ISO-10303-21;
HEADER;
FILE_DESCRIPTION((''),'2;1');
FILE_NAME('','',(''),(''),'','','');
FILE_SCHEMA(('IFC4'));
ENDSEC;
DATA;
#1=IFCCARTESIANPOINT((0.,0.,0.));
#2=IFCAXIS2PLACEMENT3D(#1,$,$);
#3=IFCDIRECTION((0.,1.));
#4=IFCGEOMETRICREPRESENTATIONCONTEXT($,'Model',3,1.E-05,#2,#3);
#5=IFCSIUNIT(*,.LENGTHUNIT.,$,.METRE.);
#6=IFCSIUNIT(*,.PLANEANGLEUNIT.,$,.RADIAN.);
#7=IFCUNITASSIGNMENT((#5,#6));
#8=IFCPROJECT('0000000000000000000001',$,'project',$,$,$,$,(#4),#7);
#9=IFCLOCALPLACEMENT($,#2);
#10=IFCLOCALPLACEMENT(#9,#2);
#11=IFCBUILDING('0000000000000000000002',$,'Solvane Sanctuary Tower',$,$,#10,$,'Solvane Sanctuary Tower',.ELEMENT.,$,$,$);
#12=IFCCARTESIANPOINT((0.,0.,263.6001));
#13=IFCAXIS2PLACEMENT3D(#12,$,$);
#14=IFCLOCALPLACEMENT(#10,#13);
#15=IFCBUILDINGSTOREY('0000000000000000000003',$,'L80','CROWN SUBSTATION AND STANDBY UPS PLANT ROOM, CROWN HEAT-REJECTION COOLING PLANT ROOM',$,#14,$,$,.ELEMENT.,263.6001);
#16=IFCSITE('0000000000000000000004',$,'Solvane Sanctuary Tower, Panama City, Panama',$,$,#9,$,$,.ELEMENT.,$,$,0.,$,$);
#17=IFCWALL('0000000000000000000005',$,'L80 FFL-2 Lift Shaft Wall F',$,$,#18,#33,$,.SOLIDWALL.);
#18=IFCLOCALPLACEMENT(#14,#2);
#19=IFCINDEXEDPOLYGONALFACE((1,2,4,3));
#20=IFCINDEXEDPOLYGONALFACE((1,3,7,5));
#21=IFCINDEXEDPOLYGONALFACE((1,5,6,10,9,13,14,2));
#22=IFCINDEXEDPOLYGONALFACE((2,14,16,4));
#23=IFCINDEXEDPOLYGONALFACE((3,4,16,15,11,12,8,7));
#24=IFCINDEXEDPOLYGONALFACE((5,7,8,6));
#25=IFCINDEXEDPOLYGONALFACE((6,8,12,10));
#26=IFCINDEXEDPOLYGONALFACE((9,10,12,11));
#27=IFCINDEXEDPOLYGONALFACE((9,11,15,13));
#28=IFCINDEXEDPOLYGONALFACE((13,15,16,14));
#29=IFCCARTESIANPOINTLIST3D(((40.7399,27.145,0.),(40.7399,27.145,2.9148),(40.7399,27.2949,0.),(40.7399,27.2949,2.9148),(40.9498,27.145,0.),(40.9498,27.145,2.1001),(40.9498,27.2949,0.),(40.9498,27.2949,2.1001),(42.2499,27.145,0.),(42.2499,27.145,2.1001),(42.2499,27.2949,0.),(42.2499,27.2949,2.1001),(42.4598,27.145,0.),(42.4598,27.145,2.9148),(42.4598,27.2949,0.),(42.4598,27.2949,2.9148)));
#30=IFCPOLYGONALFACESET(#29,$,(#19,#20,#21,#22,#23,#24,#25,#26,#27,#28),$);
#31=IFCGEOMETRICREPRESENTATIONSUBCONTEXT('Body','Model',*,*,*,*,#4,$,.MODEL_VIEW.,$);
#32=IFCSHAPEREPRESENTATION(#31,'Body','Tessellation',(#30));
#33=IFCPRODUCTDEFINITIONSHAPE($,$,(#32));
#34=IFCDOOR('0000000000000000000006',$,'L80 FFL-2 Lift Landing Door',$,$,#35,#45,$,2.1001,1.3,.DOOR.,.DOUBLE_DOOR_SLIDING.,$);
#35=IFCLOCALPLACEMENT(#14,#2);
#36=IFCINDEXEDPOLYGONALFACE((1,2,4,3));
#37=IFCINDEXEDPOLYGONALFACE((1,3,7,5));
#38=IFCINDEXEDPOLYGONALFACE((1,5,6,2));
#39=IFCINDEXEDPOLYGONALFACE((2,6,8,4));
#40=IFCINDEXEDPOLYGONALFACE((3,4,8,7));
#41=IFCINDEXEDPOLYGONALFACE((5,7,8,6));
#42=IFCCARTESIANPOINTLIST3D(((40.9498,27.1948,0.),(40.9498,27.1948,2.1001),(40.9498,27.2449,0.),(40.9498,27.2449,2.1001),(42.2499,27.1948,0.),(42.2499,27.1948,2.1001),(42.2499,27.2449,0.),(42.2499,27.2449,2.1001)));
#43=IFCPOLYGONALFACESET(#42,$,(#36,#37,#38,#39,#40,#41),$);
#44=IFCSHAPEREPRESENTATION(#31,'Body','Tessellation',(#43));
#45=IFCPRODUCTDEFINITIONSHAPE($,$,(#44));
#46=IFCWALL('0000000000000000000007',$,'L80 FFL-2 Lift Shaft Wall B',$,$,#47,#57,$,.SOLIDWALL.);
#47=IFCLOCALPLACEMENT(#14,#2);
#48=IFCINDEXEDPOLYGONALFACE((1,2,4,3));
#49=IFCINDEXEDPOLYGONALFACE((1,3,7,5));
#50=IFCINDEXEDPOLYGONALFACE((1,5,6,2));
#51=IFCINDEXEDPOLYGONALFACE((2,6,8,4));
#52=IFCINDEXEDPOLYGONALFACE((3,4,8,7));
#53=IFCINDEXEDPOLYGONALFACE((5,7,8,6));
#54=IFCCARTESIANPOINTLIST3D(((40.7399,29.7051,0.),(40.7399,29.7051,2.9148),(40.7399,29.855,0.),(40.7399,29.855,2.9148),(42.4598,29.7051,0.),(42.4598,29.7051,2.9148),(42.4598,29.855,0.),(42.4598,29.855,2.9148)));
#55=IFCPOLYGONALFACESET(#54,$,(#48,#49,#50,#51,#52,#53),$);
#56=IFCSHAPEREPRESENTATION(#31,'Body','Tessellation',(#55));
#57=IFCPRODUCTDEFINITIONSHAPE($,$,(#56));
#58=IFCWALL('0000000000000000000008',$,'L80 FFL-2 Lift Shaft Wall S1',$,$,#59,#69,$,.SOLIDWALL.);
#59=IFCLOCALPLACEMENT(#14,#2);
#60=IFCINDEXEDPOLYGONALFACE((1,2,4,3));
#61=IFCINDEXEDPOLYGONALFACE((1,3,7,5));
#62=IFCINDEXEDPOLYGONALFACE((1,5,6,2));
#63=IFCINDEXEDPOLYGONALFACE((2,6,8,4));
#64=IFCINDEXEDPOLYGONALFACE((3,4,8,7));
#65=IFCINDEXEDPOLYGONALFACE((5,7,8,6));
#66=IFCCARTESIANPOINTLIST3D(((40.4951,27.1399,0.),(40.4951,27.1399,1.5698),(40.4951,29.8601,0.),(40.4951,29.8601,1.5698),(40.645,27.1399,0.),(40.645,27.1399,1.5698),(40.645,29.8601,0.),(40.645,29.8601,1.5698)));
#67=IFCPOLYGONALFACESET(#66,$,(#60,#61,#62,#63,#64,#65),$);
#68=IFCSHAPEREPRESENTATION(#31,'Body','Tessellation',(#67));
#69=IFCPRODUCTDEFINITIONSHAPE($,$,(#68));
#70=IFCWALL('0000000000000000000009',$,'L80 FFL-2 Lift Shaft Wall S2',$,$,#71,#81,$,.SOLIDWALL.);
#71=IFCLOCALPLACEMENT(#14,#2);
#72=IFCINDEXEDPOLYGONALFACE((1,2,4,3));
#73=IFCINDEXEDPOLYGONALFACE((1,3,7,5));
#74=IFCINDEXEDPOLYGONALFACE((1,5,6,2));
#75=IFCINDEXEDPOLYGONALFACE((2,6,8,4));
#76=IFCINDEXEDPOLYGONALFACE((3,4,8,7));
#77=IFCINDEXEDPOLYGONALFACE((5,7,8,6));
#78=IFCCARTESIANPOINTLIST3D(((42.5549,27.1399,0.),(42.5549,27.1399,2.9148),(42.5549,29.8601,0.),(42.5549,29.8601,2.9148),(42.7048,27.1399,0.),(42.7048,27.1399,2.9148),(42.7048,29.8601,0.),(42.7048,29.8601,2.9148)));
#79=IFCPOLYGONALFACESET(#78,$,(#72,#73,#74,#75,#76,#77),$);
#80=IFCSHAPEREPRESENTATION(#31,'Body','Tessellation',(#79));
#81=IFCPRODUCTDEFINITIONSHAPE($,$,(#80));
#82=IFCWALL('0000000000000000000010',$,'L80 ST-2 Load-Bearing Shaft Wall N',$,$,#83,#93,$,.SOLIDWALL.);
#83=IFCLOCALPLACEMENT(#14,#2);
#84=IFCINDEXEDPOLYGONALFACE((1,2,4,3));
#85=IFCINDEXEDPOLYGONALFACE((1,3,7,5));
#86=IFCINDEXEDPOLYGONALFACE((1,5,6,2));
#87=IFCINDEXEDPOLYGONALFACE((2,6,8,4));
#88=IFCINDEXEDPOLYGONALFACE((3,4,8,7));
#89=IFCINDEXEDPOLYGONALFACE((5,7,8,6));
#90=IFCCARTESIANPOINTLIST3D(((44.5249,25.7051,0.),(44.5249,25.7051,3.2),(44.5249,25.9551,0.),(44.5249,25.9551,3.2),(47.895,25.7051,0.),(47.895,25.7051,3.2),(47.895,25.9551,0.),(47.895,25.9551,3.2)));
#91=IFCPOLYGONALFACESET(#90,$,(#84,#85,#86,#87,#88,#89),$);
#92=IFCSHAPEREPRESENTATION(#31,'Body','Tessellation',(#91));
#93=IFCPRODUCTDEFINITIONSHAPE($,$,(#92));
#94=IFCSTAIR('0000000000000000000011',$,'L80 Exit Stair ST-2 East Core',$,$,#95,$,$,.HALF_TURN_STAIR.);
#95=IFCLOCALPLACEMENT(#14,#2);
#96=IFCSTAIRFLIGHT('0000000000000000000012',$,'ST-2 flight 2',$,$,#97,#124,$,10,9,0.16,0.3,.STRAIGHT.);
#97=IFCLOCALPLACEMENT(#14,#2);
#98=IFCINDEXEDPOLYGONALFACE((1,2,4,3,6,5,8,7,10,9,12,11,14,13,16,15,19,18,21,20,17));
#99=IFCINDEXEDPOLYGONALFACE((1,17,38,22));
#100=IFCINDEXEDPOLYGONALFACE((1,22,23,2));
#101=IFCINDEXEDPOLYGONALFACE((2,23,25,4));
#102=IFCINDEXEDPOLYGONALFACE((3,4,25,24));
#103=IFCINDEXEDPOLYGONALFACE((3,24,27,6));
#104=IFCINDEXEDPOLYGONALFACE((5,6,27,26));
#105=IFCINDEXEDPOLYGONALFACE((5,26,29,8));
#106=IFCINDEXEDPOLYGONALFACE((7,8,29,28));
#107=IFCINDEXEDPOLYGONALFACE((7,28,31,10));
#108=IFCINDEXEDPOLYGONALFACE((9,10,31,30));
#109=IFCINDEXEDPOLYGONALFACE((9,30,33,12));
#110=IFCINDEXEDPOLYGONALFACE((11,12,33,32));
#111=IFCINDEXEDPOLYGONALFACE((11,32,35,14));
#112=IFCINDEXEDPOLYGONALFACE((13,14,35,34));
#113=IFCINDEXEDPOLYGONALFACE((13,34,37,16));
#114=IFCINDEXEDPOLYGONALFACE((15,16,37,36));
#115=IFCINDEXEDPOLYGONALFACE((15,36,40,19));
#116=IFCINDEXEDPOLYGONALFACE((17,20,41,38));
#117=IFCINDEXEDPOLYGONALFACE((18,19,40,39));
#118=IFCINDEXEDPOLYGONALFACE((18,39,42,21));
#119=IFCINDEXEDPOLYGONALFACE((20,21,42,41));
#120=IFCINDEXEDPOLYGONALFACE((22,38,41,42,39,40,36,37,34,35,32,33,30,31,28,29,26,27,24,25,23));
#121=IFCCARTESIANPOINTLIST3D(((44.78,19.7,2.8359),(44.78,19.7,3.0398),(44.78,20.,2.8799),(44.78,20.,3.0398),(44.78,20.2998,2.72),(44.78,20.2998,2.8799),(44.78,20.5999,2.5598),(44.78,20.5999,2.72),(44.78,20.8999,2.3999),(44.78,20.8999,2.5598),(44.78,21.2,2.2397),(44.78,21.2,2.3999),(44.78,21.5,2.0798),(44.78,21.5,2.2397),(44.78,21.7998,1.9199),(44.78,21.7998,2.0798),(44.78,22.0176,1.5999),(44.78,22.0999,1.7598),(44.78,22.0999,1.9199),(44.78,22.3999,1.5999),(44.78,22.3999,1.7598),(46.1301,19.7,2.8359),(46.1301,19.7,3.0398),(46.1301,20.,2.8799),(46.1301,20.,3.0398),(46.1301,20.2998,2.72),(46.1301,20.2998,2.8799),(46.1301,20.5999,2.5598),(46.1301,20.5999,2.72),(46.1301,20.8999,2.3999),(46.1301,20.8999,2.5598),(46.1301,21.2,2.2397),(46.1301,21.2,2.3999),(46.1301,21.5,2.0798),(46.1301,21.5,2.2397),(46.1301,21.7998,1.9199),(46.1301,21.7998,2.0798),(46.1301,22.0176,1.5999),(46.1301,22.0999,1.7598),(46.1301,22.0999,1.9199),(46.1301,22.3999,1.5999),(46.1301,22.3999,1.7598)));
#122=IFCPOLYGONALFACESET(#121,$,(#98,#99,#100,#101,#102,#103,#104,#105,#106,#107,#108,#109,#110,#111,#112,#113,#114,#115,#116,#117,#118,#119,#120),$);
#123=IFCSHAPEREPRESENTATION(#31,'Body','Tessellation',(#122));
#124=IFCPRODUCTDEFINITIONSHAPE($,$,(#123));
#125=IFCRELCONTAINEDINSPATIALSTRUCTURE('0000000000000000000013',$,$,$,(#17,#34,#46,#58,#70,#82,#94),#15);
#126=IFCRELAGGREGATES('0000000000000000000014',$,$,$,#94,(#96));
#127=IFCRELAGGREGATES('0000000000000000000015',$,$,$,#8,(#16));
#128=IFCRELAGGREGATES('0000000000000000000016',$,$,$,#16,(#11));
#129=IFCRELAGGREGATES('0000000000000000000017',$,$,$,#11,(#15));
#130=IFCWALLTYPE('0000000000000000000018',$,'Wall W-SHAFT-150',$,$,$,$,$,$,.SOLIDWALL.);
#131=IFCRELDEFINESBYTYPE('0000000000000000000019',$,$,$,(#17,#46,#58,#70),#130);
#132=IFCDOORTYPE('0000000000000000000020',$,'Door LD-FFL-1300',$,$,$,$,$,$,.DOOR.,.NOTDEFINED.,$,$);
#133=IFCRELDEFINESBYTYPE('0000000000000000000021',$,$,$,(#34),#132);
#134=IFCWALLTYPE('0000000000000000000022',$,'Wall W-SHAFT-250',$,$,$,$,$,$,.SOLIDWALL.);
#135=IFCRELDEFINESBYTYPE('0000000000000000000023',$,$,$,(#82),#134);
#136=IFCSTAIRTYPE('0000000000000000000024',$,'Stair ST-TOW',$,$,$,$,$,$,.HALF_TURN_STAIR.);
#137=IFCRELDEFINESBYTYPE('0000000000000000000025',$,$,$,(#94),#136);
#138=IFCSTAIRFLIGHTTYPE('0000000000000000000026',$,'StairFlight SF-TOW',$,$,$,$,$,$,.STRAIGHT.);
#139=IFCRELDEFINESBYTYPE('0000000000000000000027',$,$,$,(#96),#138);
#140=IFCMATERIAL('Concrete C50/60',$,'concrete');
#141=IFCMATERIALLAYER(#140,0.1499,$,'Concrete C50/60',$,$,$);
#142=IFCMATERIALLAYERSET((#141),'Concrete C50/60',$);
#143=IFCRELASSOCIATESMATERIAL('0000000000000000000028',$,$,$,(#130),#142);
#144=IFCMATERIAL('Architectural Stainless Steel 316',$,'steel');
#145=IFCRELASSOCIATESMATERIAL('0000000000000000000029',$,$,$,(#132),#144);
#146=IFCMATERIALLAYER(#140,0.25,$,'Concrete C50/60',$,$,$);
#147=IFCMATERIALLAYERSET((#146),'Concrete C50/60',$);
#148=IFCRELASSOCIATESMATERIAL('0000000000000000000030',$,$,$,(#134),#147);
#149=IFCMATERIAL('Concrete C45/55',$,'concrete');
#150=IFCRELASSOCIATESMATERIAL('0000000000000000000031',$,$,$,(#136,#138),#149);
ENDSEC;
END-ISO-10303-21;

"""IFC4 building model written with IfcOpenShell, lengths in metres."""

from ifc_helpers import new_model, si_unit, direction, frame, frame_2d, origin, place, context, subcontext, project, spatial, polyline, rectangle, outline, extrude, material, layer, layer_set, type_object, element, fill, aggregate, save


model = new_model("IFC4")

# Units and contexts
model_context = context("Model", 3, precision=1e-05, world=origin(), true_north=direction((0.0, 1.0)))
body_context = subcontext(model_context, "Body", "Model", "MODEL_VIEW")
ifc_project = project(units=[si_unit("LENGTHUNIT", "METRE"), si_unit("PLANEANGLEUNIT", "RADIAN")], contexts=[model_context])

# Site, building, storey
site_placement = place(None, origin())
site = spatial("IfcSite", under=ifc_project, at=site_placement, Name="Solvane Sanctuary Tower, Panama City, Panama", CompositionType="ELEMENT", RefElevation=0.0)
building_placement = place(site_placement, origin())
building = spatial("IfcBuilding", under=site, at=building_placement, Name="Solvane Sanctuary Tower", LongName="Solvane Sanctuary Tower", CompositionType="ELEMENT")
storey_placement = place(building_placement, frame((0.0, 0.0, 263.6001)))
storey = spatial("IfcBuildingStorey", under=building, at=storey_placement, Name="L80", Description="CROWN SUBSTATION AND STANDBY UPS PLANT ROOM, CROWN HEAT-REJECTION COOLING PLANT ROOM", CompositionType="ELEMENT", Elevation=263.6001)

# Shared definitions
ifc_material_1 = material(Name="Architectural Stainless Steel 316", Category="steel")

# Wall, opening, door
ifc_material_2 = material(Name="Concrete C50/60", Category="concrete")
ifc_layer_1 = layer(ifc_material_2, 0.1499, Name="Concrete C50/60")
ifc_layer_set_1 = layer_set([ifc_layer_1], Name="Concrete C50/60")
wall_type_1 = type_object("IfcWallType", Name="Wall W-SHAFT-150", PredefinedType="SOLIDWALL", material=ifc_layer_set_1)
wall_1_placement = place(storey_placement, frame((40.74, 27.22, 0.0), z_axis=(0.0, 0.0, 1.0), x_axis=(1.0, 0.0, 0.0)))
wall_1 = element("IfcWall", 1, at=wall_1_placement, inside=storey, type_object=wall_type_1, Name="L80 FFL-2 Lift Shaft Wall F", PredefinedType="SOLIDWALL", context=body_context, shape_type="SweptSolid", body=[
    extrude(rectangle(XDim=1.72, YDim=0.1499, at=frame_2d((0.8599, 0.0))), origin(), (0.0, 0.0, 1.0), 2.9148),
])
opening_1_placement = place(wall_1_placement, frame((0.21, 0.0, 0.0)))
opening_1 = element("IfcOpeningElement", 2, at=opening_1_placement, cuts=wall_1, PredefinedType="OPENING", context=body_context, shape_type="SweptSolid", body=[
    extrude(rectangle(XDim=1.3, YDim=2.1001, at=frame_2d((0.6499, 1.05))), frame((0.0, 0.085, 0.0), z_axis=(0.0, -1.0, 0.0), x_axis=(1.0, 0.0, 0.0)), (0.0, 0.0, 1.0), 0.1699),
])
door_type_1 = type_object("IfcDoorType", Name="Door LD-FFL-1300", OperationType="NOTDEFINED", PredefinedType="DOOR", material=ifc_material_1)
door_1_placement = place(opening_1_placement, origin())
door_1 = element("IfcDoor", 3, at=door_1_placement, inside=storey, type_object=door_type_1, Name="L80 FFL-2 Lift Landing Door", OperationType="DOUBLE_DOOR_SLIDING", OverallHeight=2.1001, OverallWidth=1.3, PredefinedType="DOOR", context=body_context, shape_type="SweptSolid", body=[
    extrude(rectangle(XDim=1.3, YDim=2.1001, at=frame_2d((0.6499, 1.05))), frame((0.0, 0.0249, 0.0), z_axis=(0.0, -1.0, 0.0), x_axis=(1.0, 0.0, 0.0)), (0.0, 0.0, 1.0), 0.05),
])
fill(opening_1, door_1)

# Walls
wall_2_placement = place(storey_placement, frame((40.74, 29.78, 0.0), z_axis=(0.0, 0.0, 1.0), x_axis=(1.0, 0.0, 0.0)))
element("IfcWall", 4, at=wall_2_placement, inside=storey, type_object=wall_type_1, Name="L80 FFL-2 Lift Shaft Wall B", PredefinedType="SOLIDWALL", context=body_context, shape_type="SweptSolid", body=[
    extrude(rectangle(XDim=1.72, YDim=0.1499, at=frame_2d((0.8599, 0.0))), origin(), (0.0, 0.0, 1.0), 2.9148),
])
wall_3_placement = place(storey_placement, frame((40.5701, 27.1399, 0.0), z_axis=(0.0, 0.0, 1.0), x_axis=(0.0, 1.0, 0.0)))
element("IfcWall", 5, at=wall_3_placement, inside=storey, type_object=wall_type_1, Name="L80 FFL-2 Lift Shaft Wall S1", PredefinedType="SOLIDWALL", context=body_context, shape_type="SweptSolid", body=[
    extrude(rectangle(XDim=2.7202, YDim=0.1499, at=frame_2d((1.3601, 0.0))), origin(), (0.0, 0.0, 1.0), 1.5698),
])
wall_4_placement = place(storey_placement, frame((42.6299, 27.1399, 0.0), z_axis=(0.0, 0.0, 1.0), x_axis=(0.0, 1.0, 0.0)))
element("IfcWall", 6, at=wall_4_placement, inside=storey, type_object=wall_type_1, Name="L80 FFL-2 Lift Shaft Wall S2", PredefinedType="SOLIDWALL", context=body_context, shape_type="SweptSolid", body=[
    extrude(rectangle(XDim=2.7202, YDim=0.1499, at=frame_2d((1.3601, 0.0))), origin(), (0.0, 0.0, 1.0), 2.9148),
])
ifc_layer_2 = layer(ifc_material_2, 0.25, Name="Concrete C50/60")
ifc_layer_set_2 = layer_set([ifc_layer_2], Name="Concrete C50/60")
wall_type_2 = type_object("IfcWallType", Name="Wall W-SHAFT-250", PredefinedType="SOLIDWALL", material=ifc_layer_set_2)
wall_5_placement = place(storey_placement, frame((44.5249, 25.8301, 0.0), z_axis=(0.0, 0.0, 1.0), x_axis=(1.0, 0.0, 0.0)))
element("IfcWall", 7, at=wall_5_placement, inside=storey, type_object=wall_type_2, Name="L80 ST-2 Load-Bearing Shaft Wall N", PredefinedType="SOLIDWALL", context=body_context, shape_type="SweptSolid", body=[
    extrude(rectangle(XDim=3.3701, YDim=0.25, at=frame_2d((1.6851, 0.0))), origin(), (0.0, 0.0, 1.0), 3.2),
])

# Stair, stair flight
ifc_material_3 = material(Name="Concrete C45/55", Category="concrete")
stair_type = type_object("IfcStairType", Name="Stair ST-TOW", PredefinedType="HALF_TURN_STAIR", material=ifc_material_3)
stair_placement = place(storey_placement, origin())
stair = element("IfcStair", 8, at=stair_placement, inside=storey, type_object=stair_type, Name="L80 Exit Stair ST-2 East Core", PredefinedType="HALF_TURN_STAIR")
stair_flight_type = type_object("IfcStairFlightType", Name="StairFlight SF-TOW", PredefinedType="STRAIGHT", material=ifc_material_3)
stair_flight_placement = place(storey_placement, frame((45.4551, 22.3999, 1.5999), z_axis=(0.0, 0.0, 1.0), x_axis=(0.0, -1.0, 0.0)))
stair_flight = element("IfcStairFlight", 9, at=stair_flight_placement, type_object=stair_flight_type, Name="ST-2 flight 2", NumberOfRisers=10, NumberOfTreads=9, PredefinedType="STRAIGHT", RiserHeight=0.16, TreadLength=0.3, context=body_context, shape_type="SweptSolid", body=[
    extrude(outline(polyline([(0.0, 0.0), (0.0, 0.1599), (0.3, 0.1599), (0.3, 0.3201), (0.6001, 0.3201), (0.6001, 0.48), (0.8999, 0.48), (0.8999, 0.6399), (1.2, 0.6399), (1.2, 0.8), (1.5, 0.8), (1.5, 0.96), (1.8, 0.96), (1.8, 1.1201), (2.1001, 1.1201), (2.1001, 1.28), (2.3999, 1.28), (2.3999, 1.4399), (2.7, 1.4399), (2.7, 1.6001), (2.7, 1.2361), (0.3823, 0.0), (0.0, 0.0)])), frame((0.0, 0.675, 0.0), z_axis=(0.0, -1.0, 0.0), x_axis=(1.0, 0.0, 0.0)), (0.0, 0.0, 1.0), 1.3501),
])
aggregate(stair, [stair_flight])

save(model, "model.ifc")
